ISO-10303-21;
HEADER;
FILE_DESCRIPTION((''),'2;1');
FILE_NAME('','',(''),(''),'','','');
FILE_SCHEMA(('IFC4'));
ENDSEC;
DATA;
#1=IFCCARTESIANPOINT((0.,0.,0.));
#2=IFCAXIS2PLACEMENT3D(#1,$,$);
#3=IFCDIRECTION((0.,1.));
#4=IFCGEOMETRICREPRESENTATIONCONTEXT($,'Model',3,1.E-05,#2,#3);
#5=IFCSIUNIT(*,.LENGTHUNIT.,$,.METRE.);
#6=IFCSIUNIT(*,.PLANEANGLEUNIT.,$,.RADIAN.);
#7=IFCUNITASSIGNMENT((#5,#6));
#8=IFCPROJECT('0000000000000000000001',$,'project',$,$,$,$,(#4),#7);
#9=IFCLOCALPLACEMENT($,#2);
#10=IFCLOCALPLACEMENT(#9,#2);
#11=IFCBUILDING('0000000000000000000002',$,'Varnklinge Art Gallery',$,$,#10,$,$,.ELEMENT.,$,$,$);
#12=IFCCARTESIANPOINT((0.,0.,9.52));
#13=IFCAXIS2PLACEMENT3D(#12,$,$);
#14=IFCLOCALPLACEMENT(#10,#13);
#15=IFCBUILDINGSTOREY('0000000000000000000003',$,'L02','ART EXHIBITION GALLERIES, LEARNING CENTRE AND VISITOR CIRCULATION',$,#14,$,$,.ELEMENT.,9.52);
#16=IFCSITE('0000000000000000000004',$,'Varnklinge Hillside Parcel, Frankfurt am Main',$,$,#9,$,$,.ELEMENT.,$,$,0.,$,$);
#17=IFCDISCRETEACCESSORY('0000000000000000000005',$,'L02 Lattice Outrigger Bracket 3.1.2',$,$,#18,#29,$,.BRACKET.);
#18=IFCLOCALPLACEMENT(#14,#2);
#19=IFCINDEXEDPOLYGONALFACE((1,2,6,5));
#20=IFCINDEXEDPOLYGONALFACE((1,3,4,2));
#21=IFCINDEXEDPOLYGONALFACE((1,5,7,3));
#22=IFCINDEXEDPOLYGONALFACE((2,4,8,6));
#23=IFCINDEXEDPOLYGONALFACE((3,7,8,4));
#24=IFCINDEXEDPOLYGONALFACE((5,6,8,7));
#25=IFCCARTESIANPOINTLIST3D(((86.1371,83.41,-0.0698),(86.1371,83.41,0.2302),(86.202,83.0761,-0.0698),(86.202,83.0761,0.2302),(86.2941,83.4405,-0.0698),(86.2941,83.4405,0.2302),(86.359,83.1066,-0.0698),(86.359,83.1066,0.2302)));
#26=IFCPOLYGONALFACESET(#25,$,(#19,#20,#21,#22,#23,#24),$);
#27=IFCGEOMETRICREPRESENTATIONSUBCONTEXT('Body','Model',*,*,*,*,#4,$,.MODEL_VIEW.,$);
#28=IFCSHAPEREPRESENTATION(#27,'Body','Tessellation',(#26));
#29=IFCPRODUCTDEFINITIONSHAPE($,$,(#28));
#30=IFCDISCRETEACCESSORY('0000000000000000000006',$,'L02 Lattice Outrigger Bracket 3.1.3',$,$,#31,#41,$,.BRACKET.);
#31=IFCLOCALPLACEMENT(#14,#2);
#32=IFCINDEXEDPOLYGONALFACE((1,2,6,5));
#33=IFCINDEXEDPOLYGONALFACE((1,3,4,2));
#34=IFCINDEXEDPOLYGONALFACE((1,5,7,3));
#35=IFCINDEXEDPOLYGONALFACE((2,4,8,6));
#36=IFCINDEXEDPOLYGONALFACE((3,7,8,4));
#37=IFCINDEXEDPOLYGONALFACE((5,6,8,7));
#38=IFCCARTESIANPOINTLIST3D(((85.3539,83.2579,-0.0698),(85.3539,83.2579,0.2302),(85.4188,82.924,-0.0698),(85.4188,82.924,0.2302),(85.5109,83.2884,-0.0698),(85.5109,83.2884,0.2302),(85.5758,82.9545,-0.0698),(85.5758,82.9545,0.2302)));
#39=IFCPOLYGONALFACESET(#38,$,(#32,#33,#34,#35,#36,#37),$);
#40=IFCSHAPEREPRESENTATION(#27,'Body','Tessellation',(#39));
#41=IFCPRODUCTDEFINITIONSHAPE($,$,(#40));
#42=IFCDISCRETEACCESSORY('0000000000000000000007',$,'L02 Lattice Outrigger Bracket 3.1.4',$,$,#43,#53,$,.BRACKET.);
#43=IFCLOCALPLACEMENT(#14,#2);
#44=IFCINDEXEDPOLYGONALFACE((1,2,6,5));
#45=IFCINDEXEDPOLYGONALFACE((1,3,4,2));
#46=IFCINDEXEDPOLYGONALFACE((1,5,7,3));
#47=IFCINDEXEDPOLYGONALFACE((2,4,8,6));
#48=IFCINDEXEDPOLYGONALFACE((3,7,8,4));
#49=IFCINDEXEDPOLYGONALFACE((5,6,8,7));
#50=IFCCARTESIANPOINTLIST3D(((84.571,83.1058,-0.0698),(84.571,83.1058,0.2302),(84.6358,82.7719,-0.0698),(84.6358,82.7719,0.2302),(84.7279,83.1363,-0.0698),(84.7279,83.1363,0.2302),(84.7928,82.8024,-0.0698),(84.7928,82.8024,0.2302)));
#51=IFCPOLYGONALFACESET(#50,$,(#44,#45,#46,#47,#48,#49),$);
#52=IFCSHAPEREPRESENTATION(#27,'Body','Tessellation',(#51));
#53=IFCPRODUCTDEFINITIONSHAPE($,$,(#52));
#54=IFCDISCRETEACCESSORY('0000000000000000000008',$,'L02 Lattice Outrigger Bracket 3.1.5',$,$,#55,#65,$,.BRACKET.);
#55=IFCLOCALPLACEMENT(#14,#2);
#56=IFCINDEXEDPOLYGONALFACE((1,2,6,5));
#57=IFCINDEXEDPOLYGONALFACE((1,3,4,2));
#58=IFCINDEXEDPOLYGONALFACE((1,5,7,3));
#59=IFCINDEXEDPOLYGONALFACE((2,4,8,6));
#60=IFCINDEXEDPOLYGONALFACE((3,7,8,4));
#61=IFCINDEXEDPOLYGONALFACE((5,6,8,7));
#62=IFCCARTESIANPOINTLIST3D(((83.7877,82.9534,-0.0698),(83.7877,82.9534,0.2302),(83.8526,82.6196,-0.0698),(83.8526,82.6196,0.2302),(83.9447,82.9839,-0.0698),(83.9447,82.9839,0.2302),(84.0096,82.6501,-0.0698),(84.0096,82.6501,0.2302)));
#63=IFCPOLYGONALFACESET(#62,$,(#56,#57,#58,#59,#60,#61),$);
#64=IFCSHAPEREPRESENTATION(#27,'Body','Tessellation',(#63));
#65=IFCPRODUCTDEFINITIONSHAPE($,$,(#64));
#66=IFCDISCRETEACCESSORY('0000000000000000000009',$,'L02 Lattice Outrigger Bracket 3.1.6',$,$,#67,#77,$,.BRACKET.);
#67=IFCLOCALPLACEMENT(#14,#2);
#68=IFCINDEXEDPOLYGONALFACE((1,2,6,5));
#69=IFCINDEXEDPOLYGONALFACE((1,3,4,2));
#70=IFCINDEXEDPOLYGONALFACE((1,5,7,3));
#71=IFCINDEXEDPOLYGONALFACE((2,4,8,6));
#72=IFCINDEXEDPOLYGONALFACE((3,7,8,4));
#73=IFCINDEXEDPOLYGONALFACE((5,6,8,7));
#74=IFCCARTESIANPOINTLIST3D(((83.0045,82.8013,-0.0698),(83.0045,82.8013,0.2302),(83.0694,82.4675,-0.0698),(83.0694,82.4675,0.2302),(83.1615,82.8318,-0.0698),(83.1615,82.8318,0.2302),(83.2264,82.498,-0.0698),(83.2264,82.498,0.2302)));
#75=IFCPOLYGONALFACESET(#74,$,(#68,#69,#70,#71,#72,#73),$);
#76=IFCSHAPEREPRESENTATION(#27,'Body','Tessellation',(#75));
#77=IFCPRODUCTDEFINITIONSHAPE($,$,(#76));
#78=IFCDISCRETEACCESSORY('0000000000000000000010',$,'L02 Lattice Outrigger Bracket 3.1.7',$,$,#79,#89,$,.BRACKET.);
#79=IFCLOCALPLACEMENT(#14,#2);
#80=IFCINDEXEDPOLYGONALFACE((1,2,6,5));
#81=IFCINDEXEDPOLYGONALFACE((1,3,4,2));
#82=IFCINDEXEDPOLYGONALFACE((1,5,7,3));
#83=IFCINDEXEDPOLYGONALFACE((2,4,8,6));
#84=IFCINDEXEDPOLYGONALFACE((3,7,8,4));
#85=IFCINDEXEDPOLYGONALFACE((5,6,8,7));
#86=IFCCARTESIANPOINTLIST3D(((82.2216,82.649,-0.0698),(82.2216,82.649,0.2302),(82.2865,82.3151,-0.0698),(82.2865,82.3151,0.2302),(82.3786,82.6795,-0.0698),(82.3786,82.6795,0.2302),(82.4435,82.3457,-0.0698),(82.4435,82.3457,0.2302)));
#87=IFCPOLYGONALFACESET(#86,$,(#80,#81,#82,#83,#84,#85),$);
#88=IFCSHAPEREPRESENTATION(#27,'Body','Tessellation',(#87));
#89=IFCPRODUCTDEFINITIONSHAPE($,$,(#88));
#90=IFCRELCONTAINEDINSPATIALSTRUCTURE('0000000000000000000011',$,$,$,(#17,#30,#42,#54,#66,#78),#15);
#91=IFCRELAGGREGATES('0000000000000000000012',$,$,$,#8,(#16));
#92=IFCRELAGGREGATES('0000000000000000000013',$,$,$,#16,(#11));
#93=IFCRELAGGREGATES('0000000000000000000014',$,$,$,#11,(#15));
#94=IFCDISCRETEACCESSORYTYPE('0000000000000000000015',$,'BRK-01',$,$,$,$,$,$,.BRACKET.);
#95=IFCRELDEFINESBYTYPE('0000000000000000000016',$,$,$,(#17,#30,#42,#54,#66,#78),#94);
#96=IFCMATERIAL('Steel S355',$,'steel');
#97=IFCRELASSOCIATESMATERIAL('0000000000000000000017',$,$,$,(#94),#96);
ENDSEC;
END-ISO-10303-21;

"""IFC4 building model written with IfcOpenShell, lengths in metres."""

from ifc_helpers import new_model, si_unit, direction, frame, origin, origin_2d, place, context, subcontext, project, spatial, rectangle, extrude, material, type_object, element, save


model = new_model("IFC4")

# Units and contexts
model_context = context("Model", 3, precision=1e-05, world=origin(), true_north=direction((0.0, 1.0)))
body_context = subcontext(model_context, "Body", "Model", "MODEL_VIEW")
ifc_project = project(units=[si_unit("LENGTHUNIT", "METRE"), si_unit("PLANEANGLEUNIT", "RADIAN")], contexts=[model_context])

# Site, building, storey
site_placement = place(None, origin())
site = spatial("IfcSite", under=ifc_project, at=site_placement, Name="Varnklinge Hillside Parcel, Frankfurt am Main", CompositionType="ELEMENT", RefElevation=0.0)
building_placement = place(site_placement, origin())
building = spatial("IfcBuilding", under=site, at=building_placement, Name="Varnklinge Art Gallery", CompositionType="ELEMENT")
storey_placement = place(building_placement, frame((0.0, 0.0, 9.52)))
storey = spatial("IfcBuildingStorey", under=building, at=storey_placement, Name="L02", Description="ART EXHIBITION GALLERIES, LEARNING CENTRE AND VISITOR CIRCULATION", CompositionType="ELEMENT", Elevation=9.52)

# Discrete accessories
ifc_material_1 = material(Name="Steel S355", Category="steel")
discrete_accessory_type = type_object("IfcDiscreteAccessoryType", Name="BRK-01", PredefinedType="BRACKET", material=ifc_material_1)
for number, where, z_axis, x_axis, name in (
    (1, (86.248, 83.2583, -0.0698), (0.0, 0.0, 1.0), (-0.981627, -0.190809, 0.0), "L02 Lattice Outrigger Bracket 3.1.2"),
    (2, (85.4648, 83.1062, -0.0698), (0.0, 0.0, 1.0), (-0.981627, -0.190809, 0.0), "L02 Lattice Outrigger Bracket 3.1.3"),
    (3, (84.6819, 82.9541, -0.0698), (0.0, 0.0, 1.0), (-0.981627, -0.190809, 0.0), "L02 Lattice Outrigger Bracket 3.1.4"),
    (4, (83.8987, 82.8018, -0.0698), (0.0, 0.0, 1.0), (-0.981627, -0.190809, 0.0), "L02 Lattice Outrigger Bracket 3.1.5"),
    (5, (83.1155, 82.6497, -0.0698), (0.0, 0.0, 1.0), (-0.981627, -0.190809, 0.0), "L02 Lattice Outrigger Bracket 3.1.6"),
    (6, (82.3325, 82.4973, -0.0698), (0.0, 0.0, 1.0), (-0.981627, -0.190809, 0.0), "L02 Lattice Outrigger Bracket 3.1.7"),
):
    element("IfcDiscreteAccessory", number, at=place(storey_placement, frame(where, z_axis=z_axis, x_axis=x_axis)), inside=storey, type_object=discrete_accessory_type, Name=name, PredefinedType="BRACKET", context=body_context, shape_type="SweptSolid", body=[
        extrude(rectangle(XDim=0.1599, YDim=0.3401, at=origin_2d()), origin(), (0.0, 0.0, 1.0), 0.3),
    ])

save(model, "model.ifc")
